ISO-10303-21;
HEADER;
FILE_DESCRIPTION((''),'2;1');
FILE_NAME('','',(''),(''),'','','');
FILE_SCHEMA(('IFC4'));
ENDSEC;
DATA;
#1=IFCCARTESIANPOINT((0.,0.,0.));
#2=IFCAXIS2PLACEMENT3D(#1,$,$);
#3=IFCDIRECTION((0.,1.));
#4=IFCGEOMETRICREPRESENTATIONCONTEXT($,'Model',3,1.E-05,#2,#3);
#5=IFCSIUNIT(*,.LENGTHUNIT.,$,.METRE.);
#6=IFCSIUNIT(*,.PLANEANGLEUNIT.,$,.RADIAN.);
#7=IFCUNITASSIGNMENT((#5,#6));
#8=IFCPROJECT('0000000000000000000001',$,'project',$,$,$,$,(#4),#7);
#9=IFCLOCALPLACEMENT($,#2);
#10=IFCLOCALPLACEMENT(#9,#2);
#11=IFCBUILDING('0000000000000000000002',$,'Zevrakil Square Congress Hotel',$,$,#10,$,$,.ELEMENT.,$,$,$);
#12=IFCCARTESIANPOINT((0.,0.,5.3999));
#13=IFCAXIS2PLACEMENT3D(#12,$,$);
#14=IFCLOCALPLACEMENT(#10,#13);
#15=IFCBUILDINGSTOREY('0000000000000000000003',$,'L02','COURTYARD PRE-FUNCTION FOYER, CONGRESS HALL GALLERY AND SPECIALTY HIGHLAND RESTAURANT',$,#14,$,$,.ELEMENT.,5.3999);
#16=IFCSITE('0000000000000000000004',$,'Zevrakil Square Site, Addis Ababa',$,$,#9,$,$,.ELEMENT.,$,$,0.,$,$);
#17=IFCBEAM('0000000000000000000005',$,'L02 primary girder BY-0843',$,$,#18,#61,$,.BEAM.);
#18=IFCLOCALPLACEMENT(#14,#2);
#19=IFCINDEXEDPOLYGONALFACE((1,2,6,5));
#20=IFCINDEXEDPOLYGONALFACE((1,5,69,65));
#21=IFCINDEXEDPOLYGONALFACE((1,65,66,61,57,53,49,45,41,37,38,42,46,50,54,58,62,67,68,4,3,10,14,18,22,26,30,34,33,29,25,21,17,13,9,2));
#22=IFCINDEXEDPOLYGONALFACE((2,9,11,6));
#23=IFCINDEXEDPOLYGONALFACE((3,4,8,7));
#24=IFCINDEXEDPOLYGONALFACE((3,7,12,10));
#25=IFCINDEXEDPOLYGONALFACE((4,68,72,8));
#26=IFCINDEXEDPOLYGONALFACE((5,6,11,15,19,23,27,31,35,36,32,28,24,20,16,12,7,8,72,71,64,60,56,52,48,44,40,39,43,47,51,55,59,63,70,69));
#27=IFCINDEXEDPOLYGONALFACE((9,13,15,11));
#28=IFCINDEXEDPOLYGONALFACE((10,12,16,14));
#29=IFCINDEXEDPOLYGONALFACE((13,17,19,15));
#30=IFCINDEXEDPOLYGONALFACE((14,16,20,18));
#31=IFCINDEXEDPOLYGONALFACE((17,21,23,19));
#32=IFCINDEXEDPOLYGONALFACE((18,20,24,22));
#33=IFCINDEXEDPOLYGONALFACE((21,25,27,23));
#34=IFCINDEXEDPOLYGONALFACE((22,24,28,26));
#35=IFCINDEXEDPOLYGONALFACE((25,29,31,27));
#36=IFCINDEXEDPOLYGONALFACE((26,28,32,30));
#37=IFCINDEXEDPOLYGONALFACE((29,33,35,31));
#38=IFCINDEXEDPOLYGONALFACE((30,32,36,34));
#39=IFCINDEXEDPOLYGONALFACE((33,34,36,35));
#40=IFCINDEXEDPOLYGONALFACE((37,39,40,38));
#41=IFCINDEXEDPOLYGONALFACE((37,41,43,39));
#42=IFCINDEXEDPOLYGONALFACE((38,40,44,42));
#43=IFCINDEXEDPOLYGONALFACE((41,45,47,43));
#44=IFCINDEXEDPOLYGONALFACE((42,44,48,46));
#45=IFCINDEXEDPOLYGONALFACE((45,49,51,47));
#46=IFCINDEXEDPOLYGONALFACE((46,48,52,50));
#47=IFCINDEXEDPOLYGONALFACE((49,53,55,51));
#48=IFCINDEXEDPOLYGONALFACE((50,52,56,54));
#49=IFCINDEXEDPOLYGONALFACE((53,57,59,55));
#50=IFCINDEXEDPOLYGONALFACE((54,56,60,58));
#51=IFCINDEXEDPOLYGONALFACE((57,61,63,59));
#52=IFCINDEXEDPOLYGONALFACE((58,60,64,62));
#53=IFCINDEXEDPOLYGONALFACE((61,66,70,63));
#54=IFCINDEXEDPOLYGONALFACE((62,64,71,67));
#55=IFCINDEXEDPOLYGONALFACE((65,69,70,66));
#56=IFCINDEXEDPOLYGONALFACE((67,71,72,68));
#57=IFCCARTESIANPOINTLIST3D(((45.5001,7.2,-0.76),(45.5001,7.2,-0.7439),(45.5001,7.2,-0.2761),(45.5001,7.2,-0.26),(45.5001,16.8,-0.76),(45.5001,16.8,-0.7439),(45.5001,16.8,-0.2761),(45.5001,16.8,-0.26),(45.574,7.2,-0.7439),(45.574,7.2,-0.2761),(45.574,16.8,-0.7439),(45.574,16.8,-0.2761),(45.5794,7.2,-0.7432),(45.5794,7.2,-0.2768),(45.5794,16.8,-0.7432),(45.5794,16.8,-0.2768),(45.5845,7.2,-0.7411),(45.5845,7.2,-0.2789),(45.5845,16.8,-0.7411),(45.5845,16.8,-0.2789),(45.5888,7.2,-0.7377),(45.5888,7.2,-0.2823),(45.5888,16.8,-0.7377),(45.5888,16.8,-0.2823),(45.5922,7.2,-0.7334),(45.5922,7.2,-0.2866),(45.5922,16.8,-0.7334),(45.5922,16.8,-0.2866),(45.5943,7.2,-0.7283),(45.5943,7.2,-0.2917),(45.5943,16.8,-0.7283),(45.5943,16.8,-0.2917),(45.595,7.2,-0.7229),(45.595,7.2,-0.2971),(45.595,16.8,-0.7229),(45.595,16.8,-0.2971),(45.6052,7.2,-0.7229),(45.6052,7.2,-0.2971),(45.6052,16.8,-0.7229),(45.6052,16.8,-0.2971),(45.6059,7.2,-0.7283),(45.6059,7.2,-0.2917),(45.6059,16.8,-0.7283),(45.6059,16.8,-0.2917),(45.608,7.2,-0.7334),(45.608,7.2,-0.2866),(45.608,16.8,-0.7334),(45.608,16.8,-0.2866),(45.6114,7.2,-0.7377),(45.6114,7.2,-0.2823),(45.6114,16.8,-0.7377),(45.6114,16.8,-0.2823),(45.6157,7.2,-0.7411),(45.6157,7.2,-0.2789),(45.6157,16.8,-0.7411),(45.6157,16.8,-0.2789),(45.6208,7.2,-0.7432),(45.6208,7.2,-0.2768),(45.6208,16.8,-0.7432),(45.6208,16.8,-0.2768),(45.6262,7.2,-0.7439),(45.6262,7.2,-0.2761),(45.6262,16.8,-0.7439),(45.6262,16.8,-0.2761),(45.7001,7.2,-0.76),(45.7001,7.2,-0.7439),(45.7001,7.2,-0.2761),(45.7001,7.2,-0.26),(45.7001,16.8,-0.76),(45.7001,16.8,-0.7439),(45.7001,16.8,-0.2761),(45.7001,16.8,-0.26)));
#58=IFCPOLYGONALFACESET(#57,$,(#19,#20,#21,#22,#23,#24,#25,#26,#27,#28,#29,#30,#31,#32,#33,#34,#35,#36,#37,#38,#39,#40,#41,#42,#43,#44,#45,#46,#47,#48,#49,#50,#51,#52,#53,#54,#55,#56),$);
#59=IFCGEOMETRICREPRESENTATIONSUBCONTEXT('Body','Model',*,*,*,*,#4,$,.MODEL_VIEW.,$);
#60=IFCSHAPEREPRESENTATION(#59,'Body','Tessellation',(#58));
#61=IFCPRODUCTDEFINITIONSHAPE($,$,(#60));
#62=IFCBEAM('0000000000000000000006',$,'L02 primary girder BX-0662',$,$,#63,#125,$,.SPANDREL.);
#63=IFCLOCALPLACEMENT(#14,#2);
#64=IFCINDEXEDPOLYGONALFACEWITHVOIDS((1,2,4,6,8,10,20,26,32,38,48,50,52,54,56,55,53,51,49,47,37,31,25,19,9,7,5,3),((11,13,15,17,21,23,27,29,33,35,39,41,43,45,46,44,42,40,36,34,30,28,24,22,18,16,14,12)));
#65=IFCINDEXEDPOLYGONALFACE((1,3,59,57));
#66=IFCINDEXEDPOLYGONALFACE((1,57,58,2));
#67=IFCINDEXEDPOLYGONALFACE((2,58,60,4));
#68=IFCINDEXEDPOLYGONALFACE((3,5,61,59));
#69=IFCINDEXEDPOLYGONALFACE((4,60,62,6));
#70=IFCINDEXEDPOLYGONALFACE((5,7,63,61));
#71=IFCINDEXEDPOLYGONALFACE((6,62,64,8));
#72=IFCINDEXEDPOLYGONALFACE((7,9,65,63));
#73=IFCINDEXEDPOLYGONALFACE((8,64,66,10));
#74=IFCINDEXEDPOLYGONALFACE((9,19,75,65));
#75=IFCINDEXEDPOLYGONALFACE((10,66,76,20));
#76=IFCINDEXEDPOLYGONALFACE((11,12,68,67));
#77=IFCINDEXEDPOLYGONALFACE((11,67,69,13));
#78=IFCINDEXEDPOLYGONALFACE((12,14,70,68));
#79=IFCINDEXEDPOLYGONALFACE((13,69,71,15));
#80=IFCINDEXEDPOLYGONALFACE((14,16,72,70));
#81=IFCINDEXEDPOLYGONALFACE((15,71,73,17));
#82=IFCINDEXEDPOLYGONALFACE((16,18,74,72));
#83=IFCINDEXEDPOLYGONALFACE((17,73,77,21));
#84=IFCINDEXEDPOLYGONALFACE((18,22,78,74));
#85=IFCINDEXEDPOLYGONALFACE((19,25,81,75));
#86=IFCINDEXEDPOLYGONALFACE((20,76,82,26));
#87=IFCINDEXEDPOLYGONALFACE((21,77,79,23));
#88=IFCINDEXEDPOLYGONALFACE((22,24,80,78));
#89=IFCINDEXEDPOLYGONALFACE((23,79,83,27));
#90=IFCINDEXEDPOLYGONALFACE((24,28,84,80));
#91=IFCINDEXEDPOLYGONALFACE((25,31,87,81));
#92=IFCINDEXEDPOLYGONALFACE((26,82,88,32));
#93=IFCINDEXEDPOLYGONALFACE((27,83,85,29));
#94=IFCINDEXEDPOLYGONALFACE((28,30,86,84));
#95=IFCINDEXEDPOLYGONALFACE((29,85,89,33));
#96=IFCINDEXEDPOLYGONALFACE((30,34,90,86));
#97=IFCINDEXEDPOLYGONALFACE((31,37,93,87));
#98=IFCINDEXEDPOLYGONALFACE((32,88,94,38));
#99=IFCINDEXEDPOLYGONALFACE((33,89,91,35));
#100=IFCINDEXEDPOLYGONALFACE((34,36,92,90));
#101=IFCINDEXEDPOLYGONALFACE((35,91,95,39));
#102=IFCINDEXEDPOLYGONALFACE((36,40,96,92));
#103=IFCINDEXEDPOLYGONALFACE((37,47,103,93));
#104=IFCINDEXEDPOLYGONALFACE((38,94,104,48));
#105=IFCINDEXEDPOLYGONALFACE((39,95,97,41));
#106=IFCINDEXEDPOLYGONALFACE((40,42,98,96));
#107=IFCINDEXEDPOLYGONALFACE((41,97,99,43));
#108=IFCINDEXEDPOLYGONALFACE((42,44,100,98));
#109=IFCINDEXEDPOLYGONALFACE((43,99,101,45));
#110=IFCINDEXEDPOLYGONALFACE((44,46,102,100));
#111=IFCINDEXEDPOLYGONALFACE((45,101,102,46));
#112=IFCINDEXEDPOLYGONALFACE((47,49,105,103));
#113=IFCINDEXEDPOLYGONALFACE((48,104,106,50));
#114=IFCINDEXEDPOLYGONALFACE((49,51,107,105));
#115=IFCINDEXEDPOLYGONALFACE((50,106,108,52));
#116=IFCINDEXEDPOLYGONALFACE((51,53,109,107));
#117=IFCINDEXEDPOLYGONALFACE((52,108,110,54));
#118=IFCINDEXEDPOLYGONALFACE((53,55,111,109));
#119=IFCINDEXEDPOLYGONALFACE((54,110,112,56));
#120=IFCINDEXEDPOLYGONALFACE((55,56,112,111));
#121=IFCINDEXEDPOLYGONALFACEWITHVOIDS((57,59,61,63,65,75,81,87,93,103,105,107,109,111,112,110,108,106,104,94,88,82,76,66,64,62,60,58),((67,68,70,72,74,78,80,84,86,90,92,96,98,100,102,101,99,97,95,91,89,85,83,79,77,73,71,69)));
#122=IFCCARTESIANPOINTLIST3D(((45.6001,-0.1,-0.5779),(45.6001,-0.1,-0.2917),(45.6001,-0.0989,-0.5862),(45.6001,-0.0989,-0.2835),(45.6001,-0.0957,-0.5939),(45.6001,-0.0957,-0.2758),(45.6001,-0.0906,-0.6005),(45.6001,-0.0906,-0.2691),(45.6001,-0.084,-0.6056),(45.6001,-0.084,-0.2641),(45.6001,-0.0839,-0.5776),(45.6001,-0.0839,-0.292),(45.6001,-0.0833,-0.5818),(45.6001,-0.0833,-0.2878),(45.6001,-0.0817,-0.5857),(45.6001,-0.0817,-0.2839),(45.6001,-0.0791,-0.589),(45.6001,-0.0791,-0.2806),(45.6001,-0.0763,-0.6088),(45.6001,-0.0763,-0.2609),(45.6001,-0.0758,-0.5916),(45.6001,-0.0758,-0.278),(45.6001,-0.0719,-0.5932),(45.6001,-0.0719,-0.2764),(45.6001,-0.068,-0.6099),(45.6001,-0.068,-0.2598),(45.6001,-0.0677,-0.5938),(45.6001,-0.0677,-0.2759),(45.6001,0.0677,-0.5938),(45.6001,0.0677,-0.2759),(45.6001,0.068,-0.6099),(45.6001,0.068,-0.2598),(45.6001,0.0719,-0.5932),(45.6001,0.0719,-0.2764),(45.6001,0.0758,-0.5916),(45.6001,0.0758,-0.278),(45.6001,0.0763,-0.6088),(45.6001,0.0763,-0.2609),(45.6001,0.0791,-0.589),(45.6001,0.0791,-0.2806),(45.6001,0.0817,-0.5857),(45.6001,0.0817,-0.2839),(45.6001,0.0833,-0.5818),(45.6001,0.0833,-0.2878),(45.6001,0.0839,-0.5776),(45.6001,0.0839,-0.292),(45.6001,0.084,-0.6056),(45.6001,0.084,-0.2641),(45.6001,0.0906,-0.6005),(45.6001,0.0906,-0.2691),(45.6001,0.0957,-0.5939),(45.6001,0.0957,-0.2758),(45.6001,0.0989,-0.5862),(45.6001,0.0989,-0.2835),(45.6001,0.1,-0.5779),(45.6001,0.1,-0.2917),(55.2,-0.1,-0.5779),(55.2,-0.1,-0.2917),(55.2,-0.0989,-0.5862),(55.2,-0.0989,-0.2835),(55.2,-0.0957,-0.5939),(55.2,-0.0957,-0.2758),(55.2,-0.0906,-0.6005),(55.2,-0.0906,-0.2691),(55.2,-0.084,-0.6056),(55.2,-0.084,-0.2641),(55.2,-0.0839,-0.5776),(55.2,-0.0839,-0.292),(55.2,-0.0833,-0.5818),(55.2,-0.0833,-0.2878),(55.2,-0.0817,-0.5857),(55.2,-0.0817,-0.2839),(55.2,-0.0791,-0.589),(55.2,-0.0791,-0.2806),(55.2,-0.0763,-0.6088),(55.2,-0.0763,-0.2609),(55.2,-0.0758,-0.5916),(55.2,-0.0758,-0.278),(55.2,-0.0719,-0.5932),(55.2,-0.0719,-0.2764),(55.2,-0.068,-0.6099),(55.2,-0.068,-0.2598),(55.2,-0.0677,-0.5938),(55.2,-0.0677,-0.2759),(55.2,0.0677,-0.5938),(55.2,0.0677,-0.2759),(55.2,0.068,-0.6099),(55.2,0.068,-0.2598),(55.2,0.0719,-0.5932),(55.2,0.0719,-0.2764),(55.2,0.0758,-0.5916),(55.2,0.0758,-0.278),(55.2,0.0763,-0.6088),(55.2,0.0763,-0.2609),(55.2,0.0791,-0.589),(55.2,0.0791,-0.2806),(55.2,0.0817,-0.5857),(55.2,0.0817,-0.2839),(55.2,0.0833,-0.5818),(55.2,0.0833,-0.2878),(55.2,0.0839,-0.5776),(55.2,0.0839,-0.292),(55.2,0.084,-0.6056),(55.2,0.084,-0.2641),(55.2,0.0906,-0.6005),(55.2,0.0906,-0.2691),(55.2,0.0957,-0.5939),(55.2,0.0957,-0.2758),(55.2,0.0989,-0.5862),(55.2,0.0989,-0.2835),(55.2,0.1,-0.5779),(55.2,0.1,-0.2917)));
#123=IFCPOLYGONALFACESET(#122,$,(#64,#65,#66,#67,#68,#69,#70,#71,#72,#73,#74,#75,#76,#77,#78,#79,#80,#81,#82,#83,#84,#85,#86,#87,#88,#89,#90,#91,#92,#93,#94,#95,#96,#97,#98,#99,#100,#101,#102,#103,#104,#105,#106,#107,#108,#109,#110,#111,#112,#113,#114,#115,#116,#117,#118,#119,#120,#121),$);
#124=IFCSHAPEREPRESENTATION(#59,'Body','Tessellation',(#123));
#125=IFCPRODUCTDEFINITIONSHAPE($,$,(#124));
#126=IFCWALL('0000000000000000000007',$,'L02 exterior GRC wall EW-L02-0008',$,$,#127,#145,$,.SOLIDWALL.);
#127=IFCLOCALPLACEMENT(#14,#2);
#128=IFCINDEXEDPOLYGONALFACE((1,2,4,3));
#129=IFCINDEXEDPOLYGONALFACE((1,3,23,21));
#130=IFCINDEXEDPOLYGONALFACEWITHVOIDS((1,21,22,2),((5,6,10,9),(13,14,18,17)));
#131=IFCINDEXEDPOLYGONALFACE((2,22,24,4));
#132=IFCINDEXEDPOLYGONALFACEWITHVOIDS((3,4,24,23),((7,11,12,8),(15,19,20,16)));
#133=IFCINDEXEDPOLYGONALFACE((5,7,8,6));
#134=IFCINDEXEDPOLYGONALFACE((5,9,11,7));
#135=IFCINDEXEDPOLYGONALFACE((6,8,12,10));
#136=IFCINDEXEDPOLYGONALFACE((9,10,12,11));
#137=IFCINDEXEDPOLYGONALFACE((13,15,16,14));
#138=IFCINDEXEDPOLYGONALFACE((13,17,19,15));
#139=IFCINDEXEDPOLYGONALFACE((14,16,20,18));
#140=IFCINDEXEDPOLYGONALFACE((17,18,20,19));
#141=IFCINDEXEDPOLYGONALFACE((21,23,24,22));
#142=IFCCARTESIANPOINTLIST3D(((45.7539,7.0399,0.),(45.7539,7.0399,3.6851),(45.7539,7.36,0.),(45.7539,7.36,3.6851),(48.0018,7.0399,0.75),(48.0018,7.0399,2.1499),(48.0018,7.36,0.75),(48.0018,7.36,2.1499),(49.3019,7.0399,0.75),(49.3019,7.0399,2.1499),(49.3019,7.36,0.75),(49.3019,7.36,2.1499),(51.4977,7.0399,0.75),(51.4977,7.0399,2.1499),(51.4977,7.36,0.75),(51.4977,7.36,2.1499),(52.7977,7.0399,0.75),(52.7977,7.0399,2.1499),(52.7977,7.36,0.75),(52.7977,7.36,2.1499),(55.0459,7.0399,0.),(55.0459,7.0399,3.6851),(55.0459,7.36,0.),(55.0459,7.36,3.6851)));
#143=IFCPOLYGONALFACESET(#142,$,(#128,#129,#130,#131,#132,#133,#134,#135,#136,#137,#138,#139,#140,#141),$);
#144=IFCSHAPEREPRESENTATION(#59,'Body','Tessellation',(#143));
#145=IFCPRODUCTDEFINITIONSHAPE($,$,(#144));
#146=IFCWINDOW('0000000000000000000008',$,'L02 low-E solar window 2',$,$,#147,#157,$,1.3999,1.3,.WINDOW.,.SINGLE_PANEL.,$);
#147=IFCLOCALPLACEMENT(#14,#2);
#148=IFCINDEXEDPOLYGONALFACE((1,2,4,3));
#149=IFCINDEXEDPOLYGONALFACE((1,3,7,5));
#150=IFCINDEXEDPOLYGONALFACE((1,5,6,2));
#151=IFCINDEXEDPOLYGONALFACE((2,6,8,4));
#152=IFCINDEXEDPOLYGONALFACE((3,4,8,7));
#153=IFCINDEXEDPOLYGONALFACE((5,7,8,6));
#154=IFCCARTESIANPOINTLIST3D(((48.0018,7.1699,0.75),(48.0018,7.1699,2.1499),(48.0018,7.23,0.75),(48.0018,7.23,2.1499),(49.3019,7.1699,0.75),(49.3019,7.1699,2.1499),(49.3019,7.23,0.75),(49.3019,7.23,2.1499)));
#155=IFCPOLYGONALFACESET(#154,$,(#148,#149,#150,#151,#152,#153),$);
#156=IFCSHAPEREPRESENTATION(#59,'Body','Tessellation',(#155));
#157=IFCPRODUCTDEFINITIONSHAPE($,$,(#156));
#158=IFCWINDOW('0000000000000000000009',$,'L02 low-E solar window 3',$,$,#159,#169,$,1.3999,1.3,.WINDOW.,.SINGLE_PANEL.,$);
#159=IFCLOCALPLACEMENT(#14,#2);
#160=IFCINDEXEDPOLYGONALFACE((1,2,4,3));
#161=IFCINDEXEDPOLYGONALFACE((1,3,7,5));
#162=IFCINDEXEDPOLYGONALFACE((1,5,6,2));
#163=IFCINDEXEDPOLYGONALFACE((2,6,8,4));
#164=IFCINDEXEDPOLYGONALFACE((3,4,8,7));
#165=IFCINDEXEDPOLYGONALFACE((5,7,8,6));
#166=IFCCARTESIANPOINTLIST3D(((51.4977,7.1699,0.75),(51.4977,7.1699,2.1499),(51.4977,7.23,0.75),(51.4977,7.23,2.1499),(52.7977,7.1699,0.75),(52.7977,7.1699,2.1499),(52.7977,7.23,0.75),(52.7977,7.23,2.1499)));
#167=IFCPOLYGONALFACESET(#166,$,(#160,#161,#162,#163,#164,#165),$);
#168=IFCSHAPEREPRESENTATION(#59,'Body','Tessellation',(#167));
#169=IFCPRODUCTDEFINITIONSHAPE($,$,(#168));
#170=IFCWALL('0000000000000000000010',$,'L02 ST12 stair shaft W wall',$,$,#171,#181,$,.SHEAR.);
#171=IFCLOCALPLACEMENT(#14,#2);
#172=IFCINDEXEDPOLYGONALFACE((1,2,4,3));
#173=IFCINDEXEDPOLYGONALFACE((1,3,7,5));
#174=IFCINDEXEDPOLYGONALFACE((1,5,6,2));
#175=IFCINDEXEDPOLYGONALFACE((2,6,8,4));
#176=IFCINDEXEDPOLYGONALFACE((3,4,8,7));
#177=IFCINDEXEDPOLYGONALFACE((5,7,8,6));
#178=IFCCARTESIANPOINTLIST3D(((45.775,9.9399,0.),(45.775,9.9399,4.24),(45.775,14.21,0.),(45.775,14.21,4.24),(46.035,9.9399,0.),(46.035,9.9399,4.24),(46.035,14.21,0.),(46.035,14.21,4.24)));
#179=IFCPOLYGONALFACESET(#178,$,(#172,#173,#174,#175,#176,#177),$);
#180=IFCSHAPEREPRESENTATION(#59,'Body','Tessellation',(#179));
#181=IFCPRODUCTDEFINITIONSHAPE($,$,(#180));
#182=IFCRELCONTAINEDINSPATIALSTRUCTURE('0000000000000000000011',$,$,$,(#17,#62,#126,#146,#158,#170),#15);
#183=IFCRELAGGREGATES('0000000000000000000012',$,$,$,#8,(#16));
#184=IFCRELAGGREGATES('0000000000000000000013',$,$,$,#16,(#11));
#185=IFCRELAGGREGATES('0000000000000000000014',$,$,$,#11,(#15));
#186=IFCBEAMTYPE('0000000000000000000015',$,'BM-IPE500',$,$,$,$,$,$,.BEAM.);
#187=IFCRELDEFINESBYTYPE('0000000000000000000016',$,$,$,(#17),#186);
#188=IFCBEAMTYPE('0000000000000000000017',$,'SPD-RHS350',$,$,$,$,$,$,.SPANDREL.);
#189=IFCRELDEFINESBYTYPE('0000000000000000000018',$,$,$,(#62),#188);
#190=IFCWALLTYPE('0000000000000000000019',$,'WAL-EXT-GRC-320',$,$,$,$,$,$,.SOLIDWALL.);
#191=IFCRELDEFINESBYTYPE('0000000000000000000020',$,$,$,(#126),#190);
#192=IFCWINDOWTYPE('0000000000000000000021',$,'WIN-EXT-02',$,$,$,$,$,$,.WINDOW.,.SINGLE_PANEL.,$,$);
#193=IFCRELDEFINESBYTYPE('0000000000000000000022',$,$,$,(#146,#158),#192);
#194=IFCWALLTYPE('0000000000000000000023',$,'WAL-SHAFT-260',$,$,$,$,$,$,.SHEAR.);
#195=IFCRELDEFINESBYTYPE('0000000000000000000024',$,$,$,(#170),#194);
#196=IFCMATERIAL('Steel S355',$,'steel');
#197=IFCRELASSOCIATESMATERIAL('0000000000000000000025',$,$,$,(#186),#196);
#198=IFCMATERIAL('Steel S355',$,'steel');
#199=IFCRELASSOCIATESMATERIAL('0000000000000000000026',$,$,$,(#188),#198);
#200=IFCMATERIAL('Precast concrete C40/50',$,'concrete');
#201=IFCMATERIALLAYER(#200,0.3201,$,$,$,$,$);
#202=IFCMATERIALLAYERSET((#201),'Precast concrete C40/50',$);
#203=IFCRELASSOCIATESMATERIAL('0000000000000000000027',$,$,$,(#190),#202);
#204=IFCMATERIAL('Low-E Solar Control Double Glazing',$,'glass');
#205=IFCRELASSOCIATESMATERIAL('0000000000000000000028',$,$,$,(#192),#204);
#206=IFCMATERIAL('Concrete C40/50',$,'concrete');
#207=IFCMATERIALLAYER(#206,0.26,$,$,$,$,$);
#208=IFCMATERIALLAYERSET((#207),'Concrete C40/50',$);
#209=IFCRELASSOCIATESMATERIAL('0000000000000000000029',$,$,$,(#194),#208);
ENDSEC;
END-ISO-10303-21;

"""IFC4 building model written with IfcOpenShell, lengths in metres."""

from ifc_helpers import new_model, si_unit, direction, frame, frame_2d, origin, origin_2d, place, context, subcontext, project, spatial, rectangle, hollow_rectangle, i_section, extrude, material, layer, layer_set, material_profile, profile_set, type_object, element, fill, save


model = new_model("IFC4")

# Units and contexts
model_context = context("Model", 3, precision=1e-05, world=origin(), true_north=direction((0.0, 1.0)))
body_context = subcontext(model_context, "Body", "Model", "MODEL_VIEW")
ifc_project = project(units=[si_unit("LENGTHUNIT", "METRE"), si_unit("PLANEANGLEUNIT", "RADIAN")], contexts=[model_context])

# Site, building, storey
site_placement = place(None, origin())
site = spatial("IfcSite", under=ifc_project, at=site_placement, Name="Zevrakil Square Site, Addis Ababa", CompositionType="ELEMENT", RefElevation=0.0)
building_placement = place(site_placement, origin())
building = spatial("IfcBuilding", under=site, at=building_placement, Name="Zevrakil Square Congress Hotel", CompositionType="ELEMENT")
storey_placement = place(building_placement, frame((0.0, 0.0, 5.3999)))
storey = spatial("IfcBuildingStorey", under=building, at=storey_placement, Name="L02", Description="COURTYARD PRE-FUNCTION FOYER, CONGRESS HALL GALLERY AND SPECIALTY HIGHLAND RESTAURANT", CompositionType="ELEMENT", Elevation=5.3999)

# Beams
ifc_material_1 = material(Name="Steel S355", Category="steel")
ifc_material_profile_1 = material_profile(ifc_material_1, i_section(OverallWidth=0.2, OverallDepth=0.5, WebThickness=0.0103, FlangeThickness=0.0161, FilletRadius=0.021, at=origin_2d()), Name="IPE 500")
ifc_profile_set_1 = profile_set([ifc_material_profile_1], Name="Steel S355")
beam_type_1 = type_object("IfcBeamType", Name="BM-IPE500", PredefinedType="BEAM", material=ifc_profile_set_1)
beam_1_placement = place(storey_placement, frame((45.6001, 7.2, -0.51), z_axis=(0.0, 1.0, 0.0), x_axis=(-1.0, 0.0, 0.0)))
element("IfcBeam", 1, at=beam_1_placement, inside=storey, type_object=beam_type_1, Name="L02 primary girder BY-0843", PredefinedType="BEAM", context=body_context, shape_type="SweptSolid", body=[
    extrude(i_section(OverallWidth=0.2, OverallDepth=0.5, WebThickness=0.0103, FlangeThickness=0.0161, FilletRadius=0.021, at=origin_2d()), origin(), (0.0, 0.0, 1.0), 9.6001),
])
ifc_material_2 = material(Name="Steel S355", Category="steel")
ifc_material_profile_2 = material_profile(ifc_material_2, hollow_rectangle(XDim=0.2, YDim=0.3501, WallThickness=0.0161, InnerFilletRadius=0.0161, OuterFilletRadius=0.032, at=origin_2d()), Name="RHS 350x200x16")
ifc_profile_set_2 = profile_set([ifc_material_profile_2], Name="Steel S355")
beam_type_2 = type_object("IfcBeamType", Name="SPD-RHS350", PredefinedType="SPANDREL", material=ifc_profile_set_2)
beam_2_placement = place(storey_placement, frame((45.6001, 0.0, -0.4348), z_axis=(1.0, 0.0, 0.0), x_axis=(0.0, 1.0, 0.0)))
element("IfcBeam", 2, at=beam_2_placement, inside=storey, type_object=beam_type_2, Name="L02 primary girder BX-0662", PredefinedType="SPANDREL", context=body_context, shape_type="SweptSolid", body=[
    extrude(hollow_rectangle(XDim=0.2, YDim=0.3501, WallThickness=0.0161, InnerFilletRadius=0.0161, OuterFilletRadius=0.032, at=origin_2d()), origin(), (0.0, 0.0, 1.0), 9.5999),
])

# Wall, openings, windows
ifc_material_3 = material(Name="Precast concrete C40/50", Category="concrete")
ifc_layer_1 = layer(ifc_material_3, 0.3201)
ifc_layer_set_1 = layer_set([ifc_layer_1], Name="Precast concrete C40/50")
wall_type_1 = type_object("IfcWallType", Name="WAL-EXT-GRC-320", PredefinedType="SOLIDWALL", material=ifc_layer_set_1)
wall_1_placement = place(storey_placement, frame((45.7539, 7.2, 0.0), z_axis=(0.0, 0.0, 1.0), x_axis=(1.0, 0.0, 0.0)))
wall_1 = element("IfcWall", 3, at=wall_1_placement, inside=storey, type_object=wall_type_1, Name="L02 exterior GRC wall EW-L02-0008", PredefinedType="SOLIDWALL", context=body_context, shape_type="SweptSolid", body=[
    extrude(rectangle(XDim=9.292, YDim=0.3201, at=frame_2d((4.646, 0.0))), origin(), (0.0, 0.0, 1.0), 3.6851),
])
opening_1_placement = place(wall_1_placement, frame((2.248, 0.0, 0.75)))
opening_1 = element("IfcOpeningElement", 4, at=opening_1_placement, cuts=wall_1, PredefinedType="OPENING", context=body_context, shape_type="SweptSolid", body=[
    extrude(rectangle(XDim=1.3, YDim=1.3999, at=frame_2d((0.6499, 0.7))), frame((0.0, 0.1699, 0.0), z_axis=(0.0, -1.0, 0.0), x_axis=(1.0, 0.0, 0.0)), (0.0, 0.0, 1.0), 0.3401),
])
opening_2_placement = place(wall_1_placement, frame((5.7439, 0.0, 0.75)))
opening_2 = element("IfcOpeningElement", 5, at=opening_2_placement, cuts=wall_1, PredefinedType="OPENING", context=body_context, shape_type="SweptSolid", body=[
    extrude(rectangle(XDim=1.3, YDim=1.3999, at=frame_2d((0.6499, 0.7))), frame((0.0, 0.1699, 0.0), z_axis=(0.0, -1.0, 0.0), x_axis=(1.0, 0.0, 0.0)), (0.0, 0.0, 1.0), 0.3401),
])
ifc_material_4 = material(Name="Low-E Solar Control Double Glazing", Category="glass")
window_type = type_object("IfcWindowType", Name="WIN-EXT-02", PartitioningType="SINGLE_PANEL", PredefinedType="WINDOW", material=ifc_material_4)
window_1_placement = place(opening_1_placement, origin())
window_1 = element("IfcWindow", 6, at=window_1_placement, inside=storey, type_object=window_type, Name="L02 low-E solar window 2", OverallHeight=1.3999, OverallWidth=1.3, PartitioningType="SINGLE_PANEL", PredefinedType="WINDOW", context=body_context, shape_type="SweptSolid", body=[
    extrude(rectangle(XDim=1.3, YDim=1.3999, at=frame_2d((0.6499, 0.7))), frame((0.0, 0.03, 0.0), z_axis=(0.0, -1.0, 0.0), x_axis=(1.0, 0.0, 0.0)), (0.0, 0.0, 1.0), 0.0601),
])
fill(opening_1, window_1)
window_2_placement = place(opening_2_placement, origin())
window_2 = element("IfcWindow", 7, at=window_2_placement, inside=storey, type_object=window_type, Name="L02 low-E solar window 3", OverallHeight=1.3999, OverallWidth=1.3, PartitioningType="SINGLE_PANEL", PredefinedType="WINDOW", context=body_context, shape_type="SweptSolid", body=[
    extrude(rectangle(XDim=1.3, YDim=1.3999, at=frame_2d((0.6499, 0.7))), frame((0.0, 0.03, 0.0), z_axis=(0.0, -1.0, 0.0), x_axis=(1.0, 0.0, 0.0)), (0.0, 0.0, 1.0), 0.0601),
])
fill(opening_2, window_2)

# Wall
ifc_material_5 = material(Name="Concrete C40/50", Category="concrete")
ifc_layer_2 = layer(ifc_material_5, 0.26)
ifc_layer_set_2 = layer_set([ifc_layer_2], Name="Concrete C40/50")
wall_type_2 = type_object("IfcWallType", Name="WAL-SHAFT-260", PredefinedType="SHEAR", material=ifc_layer_set_2)
wall_2_placement = place(storey_placement, frame((45.905, 9.9399, 0.0), z_axis=(0.0, 0.0, 1.0), x_axis=(0.0, 1.0, 0.0)))
element("IfcWall", 8, at=wall_2_placement, inside=storey, type_object=wall_type_2, Name="L02 ST12 stair shaft W wall", PredefinedType="SHEAR", context=body_context, shape_type="SweptSolid", body=[
    extrude(rectangle(XDim=4.27, YDim=0.26, at=frame_2d((2.135, 0.0))), origin(), (0.0, 0.0, 1.0), 4.24),
])

save(model, "model.ifc")
